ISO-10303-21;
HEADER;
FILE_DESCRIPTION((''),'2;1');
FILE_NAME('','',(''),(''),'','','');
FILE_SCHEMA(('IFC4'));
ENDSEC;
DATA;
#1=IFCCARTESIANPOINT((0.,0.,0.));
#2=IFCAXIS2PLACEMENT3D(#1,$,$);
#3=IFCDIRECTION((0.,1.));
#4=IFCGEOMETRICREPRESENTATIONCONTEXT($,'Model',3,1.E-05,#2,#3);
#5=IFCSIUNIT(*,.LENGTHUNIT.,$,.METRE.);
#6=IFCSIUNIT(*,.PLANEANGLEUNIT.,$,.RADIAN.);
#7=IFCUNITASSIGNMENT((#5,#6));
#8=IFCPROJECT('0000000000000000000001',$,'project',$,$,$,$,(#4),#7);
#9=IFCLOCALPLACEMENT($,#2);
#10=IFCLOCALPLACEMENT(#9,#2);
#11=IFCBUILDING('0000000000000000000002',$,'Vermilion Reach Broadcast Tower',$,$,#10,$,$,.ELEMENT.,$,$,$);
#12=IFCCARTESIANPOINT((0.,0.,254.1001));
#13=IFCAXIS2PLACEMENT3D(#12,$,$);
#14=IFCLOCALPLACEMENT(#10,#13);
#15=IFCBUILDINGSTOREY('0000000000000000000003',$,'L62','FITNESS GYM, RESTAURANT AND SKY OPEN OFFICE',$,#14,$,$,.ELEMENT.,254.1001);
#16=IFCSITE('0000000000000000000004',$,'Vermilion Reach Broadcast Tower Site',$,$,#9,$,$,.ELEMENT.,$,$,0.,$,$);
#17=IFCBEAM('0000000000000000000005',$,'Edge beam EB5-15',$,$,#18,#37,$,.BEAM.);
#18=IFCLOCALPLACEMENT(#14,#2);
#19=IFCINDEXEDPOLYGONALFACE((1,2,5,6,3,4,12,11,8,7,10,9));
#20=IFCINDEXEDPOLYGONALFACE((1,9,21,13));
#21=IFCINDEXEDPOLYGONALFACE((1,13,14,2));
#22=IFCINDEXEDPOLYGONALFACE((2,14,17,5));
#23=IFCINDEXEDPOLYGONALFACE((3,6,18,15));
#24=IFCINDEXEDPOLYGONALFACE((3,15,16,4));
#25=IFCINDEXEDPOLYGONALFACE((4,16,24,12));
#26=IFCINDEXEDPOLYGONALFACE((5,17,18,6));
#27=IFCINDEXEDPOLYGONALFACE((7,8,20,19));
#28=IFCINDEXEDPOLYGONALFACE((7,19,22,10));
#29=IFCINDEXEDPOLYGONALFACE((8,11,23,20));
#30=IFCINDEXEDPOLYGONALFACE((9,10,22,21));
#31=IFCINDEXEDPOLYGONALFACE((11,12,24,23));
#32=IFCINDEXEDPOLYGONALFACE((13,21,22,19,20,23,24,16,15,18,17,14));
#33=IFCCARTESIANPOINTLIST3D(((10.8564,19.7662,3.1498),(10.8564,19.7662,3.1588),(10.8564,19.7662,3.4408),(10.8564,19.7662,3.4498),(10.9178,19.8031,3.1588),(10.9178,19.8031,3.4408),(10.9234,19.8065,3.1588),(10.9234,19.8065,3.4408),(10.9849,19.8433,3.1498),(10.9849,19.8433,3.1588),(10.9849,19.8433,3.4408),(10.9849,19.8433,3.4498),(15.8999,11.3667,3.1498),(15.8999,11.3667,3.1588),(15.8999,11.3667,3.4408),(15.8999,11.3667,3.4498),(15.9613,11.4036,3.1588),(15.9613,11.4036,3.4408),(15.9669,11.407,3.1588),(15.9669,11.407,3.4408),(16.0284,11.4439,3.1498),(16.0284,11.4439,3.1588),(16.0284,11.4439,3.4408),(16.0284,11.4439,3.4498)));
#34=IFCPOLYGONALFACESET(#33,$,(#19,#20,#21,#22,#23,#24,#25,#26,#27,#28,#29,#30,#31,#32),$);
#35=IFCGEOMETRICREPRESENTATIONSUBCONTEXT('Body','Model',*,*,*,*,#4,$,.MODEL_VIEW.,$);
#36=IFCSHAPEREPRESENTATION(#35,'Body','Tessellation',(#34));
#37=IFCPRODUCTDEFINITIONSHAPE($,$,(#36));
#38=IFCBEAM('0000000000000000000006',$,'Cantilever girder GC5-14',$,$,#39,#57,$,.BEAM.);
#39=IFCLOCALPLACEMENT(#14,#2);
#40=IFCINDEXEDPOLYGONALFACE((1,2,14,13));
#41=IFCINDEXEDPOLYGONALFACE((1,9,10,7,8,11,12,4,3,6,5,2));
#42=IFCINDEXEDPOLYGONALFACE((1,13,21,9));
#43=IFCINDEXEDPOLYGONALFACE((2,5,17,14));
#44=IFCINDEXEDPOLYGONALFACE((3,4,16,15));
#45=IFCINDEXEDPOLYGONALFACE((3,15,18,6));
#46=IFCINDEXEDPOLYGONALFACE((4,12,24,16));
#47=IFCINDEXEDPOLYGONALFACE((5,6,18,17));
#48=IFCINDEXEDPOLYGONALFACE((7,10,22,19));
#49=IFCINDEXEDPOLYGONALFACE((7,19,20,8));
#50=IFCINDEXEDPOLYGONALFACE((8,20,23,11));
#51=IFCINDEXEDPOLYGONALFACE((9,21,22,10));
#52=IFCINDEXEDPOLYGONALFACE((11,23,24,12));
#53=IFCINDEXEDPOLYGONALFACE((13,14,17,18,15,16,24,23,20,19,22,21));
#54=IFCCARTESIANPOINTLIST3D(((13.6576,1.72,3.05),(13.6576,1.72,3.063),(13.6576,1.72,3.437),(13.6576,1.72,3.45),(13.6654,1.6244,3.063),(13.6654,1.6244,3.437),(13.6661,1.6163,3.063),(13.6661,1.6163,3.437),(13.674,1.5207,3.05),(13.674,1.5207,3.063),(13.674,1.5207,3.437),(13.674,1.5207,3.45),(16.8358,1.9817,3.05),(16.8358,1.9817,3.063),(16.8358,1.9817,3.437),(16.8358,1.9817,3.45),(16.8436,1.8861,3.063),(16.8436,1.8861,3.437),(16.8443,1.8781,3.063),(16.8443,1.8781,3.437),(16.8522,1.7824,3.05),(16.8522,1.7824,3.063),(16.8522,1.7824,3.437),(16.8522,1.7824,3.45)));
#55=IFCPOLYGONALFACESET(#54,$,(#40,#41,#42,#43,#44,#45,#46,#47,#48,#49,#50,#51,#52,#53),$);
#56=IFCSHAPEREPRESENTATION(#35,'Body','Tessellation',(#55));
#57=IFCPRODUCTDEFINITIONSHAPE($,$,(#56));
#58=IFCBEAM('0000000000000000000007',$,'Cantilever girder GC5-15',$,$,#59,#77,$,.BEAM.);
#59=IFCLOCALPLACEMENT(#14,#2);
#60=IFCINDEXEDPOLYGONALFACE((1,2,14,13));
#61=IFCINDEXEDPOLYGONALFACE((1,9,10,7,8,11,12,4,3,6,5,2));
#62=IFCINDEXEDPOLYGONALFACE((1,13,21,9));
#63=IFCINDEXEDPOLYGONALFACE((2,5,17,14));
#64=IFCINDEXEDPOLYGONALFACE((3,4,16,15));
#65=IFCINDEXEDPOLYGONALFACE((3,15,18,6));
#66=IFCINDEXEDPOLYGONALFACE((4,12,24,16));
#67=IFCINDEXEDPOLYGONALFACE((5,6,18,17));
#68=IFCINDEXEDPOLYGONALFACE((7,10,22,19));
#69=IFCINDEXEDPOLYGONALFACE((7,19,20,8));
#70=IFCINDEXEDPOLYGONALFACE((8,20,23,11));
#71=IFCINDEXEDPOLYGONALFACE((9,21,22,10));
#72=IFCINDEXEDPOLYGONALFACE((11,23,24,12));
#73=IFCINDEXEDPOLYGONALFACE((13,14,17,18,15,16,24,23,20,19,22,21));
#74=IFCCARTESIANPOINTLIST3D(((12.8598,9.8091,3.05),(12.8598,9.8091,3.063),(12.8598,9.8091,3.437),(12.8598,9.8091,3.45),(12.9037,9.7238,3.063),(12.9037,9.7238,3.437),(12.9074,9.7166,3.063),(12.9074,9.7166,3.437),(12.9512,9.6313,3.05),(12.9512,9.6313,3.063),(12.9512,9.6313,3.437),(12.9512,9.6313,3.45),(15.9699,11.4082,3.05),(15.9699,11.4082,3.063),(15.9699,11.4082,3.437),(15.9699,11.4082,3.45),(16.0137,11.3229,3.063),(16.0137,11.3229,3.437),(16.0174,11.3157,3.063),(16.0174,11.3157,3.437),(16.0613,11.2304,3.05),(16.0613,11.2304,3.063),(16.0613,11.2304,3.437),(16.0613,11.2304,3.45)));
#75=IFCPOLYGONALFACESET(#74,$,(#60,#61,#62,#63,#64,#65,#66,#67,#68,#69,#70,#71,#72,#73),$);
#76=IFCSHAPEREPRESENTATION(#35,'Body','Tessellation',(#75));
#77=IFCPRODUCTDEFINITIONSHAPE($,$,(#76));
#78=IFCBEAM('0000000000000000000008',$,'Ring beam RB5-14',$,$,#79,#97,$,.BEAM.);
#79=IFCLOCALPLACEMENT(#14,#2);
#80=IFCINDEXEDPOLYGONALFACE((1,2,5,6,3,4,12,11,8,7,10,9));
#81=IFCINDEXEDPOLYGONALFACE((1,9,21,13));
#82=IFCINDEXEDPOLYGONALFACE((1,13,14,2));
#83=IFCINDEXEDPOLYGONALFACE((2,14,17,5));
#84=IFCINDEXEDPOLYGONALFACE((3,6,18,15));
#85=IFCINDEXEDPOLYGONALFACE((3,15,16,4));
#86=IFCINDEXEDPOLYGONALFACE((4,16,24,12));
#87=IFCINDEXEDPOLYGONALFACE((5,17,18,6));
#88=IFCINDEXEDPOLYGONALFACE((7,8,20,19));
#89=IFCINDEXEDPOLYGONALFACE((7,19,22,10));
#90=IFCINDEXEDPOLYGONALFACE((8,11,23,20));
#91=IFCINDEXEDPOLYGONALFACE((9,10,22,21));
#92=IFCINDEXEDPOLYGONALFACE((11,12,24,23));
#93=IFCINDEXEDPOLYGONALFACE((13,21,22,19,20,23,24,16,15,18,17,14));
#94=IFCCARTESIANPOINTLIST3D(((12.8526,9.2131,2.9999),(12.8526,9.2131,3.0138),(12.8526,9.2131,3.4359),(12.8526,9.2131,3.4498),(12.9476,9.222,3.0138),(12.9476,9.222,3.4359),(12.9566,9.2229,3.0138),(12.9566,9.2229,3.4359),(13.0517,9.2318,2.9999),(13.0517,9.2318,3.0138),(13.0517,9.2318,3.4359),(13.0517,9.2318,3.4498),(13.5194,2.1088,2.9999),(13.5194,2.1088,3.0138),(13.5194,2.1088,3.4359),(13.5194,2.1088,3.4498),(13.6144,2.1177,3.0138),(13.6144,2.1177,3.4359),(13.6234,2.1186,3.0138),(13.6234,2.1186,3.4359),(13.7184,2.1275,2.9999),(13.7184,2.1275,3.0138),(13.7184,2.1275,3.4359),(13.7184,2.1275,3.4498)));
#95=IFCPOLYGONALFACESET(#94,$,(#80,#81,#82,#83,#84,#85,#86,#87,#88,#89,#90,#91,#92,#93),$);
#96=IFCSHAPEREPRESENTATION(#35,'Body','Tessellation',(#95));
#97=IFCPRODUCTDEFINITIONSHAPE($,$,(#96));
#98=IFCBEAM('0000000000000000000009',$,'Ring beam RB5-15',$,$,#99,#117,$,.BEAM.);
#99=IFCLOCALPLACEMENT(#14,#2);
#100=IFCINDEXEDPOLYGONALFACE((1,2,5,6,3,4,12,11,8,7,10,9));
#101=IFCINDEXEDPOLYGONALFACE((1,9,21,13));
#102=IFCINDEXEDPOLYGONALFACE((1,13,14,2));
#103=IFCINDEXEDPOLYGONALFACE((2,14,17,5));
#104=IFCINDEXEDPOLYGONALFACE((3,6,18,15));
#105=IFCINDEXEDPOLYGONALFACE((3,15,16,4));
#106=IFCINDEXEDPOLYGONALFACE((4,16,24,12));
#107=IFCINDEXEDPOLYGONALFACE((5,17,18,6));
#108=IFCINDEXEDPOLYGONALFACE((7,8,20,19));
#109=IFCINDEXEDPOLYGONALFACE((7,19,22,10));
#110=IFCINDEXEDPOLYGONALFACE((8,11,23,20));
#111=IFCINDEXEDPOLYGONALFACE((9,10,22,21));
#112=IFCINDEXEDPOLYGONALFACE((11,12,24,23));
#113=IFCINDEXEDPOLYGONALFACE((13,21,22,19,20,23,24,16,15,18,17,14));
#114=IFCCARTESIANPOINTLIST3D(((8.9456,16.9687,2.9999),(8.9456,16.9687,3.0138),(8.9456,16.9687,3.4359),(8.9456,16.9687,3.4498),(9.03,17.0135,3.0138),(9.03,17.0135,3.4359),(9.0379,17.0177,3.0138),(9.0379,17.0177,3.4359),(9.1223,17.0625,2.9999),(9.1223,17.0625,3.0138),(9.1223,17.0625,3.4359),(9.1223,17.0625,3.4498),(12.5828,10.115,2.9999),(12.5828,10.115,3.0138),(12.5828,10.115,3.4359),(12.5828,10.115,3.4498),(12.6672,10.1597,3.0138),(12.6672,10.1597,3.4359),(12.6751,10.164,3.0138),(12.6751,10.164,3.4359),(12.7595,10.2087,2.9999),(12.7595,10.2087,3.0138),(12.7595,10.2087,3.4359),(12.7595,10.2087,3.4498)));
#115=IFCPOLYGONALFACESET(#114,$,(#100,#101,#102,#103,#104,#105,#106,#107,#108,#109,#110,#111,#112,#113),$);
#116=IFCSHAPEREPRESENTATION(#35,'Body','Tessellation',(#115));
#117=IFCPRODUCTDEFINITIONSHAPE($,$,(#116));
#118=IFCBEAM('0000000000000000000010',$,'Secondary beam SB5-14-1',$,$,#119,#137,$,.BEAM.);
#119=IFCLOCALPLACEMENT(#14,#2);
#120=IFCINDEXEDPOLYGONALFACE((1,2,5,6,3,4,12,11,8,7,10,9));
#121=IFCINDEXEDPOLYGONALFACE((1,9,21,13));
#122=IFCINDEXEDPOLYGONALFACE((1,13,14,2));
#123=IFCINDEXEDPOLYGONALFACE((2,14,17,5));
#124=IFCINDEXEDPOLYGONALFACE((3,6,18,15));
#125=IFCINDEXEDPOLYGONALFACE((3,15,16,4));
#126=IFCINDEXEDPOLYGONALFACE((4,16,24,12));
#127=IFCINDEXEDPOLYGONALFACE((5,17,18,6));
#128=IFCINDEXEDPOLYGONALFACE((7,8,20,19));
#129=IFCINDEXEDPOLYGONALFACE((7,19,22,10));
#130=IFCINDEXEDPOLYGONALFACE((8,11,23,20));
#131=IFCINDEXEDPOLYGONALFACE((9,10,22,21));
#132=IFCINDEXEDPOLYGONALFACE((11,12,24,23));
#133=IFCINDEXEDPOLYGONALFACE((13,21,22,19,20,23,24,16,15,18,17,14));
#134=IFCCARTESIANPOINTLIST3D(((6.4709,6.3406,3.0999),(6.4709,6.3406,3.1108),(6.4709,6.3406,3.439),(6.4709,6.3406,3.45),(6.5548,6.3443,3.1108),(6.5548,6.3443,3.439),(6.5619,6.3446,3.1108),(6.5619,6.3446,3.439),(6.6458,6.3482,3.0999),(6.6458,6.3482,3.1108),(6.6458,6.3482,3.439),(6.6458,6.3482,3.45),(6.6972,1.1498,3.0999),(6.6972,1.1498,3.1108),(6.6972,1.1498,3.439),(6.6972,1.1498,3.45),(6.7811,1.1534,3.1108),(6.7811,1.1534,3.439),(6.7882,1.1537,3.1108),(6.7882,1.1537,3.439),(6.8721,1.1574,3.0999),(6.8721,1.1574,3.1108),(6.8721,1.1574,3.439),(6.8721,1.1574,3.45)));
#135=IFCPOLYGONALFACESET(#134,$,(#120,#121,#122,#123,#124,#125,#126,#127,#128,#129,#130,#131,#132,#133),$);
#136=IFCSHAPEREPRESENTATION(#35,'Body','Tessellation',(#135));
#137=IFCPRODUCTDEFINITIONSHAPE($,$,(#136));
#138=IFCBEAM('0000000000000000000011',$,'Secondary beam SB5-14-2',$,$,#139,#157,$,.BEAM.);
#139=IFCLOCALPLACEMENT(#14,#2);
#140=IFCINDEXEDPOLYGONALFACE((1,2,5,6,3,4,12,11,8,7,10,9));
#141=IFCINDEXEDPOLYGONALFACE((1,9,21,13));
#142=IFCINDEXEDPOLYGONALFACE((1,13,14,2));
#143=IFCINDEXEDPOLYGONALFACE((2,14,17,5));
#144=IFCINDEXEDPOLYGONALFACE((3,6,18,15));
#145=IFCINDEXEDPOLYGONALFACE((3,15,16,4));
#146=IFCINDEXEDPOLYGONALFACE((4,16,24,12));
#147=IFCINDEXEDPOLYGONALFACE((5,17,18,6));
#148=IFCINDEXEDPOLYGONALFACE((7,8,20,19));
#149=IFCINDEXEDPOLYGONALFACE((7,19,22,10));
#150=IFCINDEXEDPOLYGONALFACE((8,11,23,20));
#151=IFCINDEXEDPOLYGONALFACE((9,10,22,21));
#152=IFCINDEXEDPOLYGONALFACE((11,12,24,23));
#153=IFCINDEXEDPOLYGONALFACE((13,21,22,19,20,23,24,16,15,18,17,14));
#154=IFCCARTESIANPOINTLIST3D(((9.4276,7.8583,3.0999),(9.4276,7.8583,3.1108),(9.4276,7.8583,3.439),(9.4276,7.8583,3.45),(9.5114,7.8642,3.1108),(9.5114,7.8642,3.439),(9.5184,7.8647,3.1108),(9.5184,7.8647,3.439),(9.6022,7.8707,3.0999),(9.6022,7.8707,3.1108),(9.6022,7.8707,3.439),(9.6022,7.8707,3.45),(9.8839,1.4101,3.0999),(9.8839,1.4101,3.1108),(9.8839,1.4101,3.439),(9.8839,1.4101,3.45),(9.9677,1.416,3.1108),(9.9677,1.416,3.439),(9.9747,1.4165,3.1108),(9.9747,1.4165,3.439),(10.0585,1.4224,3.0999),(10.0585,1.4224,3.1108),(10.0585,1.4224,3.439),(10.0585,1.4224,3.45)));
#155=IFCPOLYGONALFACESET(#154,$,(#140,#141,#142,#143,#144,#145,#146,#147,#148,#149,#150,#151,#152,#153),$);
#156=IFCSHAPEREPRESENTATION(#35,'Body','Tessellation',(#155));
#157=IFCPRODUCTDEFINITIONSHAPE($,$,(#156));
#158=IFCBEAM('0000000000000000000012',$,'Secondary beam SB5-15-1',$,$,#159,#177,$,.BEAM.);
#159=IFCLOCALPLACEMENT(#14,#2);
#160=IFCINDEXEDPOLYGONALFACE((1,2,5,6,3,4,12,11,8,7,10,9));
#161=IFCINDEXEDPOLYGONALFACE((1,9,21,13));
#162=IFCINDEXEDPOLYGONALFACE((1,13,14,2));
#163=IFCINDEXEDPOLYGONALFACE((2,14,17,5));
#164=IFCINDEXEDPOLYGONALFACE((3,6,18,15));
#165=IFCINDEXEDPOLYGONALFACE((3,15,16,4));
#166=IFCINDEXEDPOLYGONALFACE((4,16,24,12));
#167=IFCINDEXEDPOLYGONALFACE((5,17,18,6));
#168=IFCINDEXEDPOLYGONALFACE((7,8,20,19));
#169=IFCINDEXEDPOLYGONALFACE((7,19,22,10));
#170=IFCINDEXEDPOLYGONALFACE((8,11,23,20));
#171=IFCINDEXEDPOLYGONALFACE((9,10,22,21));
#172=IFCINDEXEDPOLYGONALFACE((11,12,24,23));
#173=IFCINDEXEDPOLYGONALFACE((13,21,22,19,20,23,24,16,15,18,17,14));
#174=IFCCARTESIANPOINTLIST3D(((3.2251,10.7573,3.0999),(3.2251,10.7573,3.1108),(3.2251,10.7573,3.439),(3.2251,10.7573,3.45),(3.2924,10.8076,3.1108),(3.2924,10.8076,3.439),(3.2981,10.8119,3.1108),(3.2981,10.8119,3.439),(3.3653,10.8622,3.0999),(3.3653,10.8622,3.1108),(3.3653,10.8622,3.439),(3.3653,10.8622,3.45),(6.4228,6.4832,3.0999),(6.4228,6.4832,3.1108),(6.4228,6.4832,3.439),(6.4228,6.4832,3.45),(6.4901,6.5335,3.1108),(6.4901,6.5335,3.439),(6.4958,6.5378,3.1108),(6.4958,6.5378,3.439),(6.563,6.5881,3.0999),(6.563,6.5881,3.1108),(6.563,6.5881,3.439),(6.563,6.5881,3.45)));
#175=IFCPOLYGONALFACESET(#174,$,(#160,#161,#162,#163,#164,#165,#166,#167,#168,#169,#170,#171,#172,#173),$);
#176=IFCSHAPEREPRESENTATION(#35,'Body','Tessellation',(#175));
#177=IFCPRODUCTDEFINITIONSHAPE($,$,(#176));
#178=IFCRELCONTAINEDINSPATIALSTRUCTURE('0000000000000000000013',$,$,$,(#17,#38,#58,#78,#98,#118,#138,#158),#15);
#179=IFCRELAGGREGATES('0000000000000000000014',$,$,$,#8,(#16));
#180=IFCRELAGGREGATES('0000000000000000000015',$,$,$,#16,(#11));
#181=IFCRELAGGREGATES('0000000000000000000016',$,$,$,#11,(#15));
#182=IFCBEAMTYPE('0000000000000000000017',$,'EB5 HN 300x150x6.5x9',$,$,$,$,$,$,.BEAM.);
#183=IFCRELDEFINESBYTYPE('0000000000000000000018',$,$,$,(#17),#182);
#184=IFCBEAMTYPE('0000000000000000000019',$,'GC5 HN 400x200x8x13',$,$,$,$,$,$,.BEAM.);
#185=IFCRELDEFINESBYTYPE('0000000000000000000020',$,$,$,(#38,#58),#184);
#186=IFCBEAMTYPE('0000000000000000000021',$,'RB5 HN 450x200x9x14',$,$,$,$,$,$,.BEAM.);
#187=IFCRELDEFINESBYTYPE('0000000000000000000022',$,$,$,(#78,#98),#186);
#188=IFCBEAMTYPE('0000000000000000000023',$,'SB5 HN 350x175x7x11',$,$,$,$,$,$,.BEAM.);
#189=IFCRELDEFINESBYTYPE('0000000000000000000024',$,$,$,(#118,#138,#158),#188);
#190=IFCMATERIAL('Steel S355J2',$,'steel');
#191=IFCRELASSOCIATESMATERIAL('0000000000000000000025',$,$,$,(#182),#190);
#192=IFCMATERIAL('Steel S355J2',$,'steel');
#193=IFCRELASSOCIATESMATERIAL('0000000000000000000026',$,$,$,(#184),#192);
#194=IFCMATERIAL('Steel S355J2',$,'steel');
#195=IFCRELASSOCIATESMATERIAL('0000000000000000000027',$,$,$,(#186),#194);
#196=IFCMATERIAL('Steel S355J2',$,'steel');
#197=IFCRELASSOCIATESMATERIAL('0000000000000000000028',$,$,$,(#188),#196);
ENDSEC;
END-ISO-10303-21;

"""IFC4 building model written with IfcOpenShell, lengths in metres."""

from ifc_helpers import new_model, si_unit, direction, frame, origin, origin_2d, place, context, subcontext, project, spatial, i_section, extrude, material, material_profile, profile_set, type_object, element, save


model = new_model("IFC4")

# Units and contexts
model_context = context("Model", 3, precision=1e-05, world=origin(), true_north=direction((0.0, 1.0)))
body_context = subcontext(model_context, "Body", "Model", "MODEL_VIEW")
ifc_project = project(units=[si_unit("LENGTHUNIT", "METRE"), si_unit("PLANEANGLEUNIT", "RADIAN")], contexts=[model_context])

# Site, building, storey
site_placement = place(None, origin())
site = spatial("IfcSite", under=ifc_project, at=site_placement, Name="Vermilion Reach Broadcast Tower Site", CompositionType="ELEMENT", RefElevation=0.0)
building_placement = place(site_placement, origin())
building = spatial("IfcBuilding", under=site, at=building_placement, Name="Vermilion Reach Broadcast Tower", CompositionType="ELEMENT")
storey_placement = place(building_placement, frame((0.0, 0.0, 254.1001)))
storey = spatial("IfcBuildingStorey", under=building, at=storey_placement, Name="L62", Description="FITNESS GYM, RESTAURANT AND SKY OPEN OFFICE", CompositionType="ELEMENT", Elevation=254.1001)

# Beams
ifc_material_1 = material(Name="Steel S355J2", Category="steel")
ifc_material_profile_1 = material_profile(ifc_material_1, i_section(OverallWidth=0.1499, OverallDepth=0.3, WebThickness=0.0066, FlangeThickness=0.009, at=origin_2d()), Name="S355J2 HN 300x150x6.5x9")
ifc_profile_set_1 = profile_set([ifc_material_profile_1], Name="Steel S355J2")
beam_type_1 = type_object("IfcBeamType", Name="EB5 HN 300x150x6.5x9", PredefinedType="BEAM", material=ifc_profile_set_1)
beam_1_placement = place(storey_placement, frame((15.9641, 11.4053, 3.2998), z_axis=(-0.514782, 0.857321, 0.0), x_axis=(-0.857321, -0.514782, 0.0)))
element("IfcBeam", 1, at=beam_1_placement, inside=storey, type_object=beam_type_1, Name="Edge beam EB5-15", PredefinedType="BEAM", context=body_context, shape_type="SweptSolid", body=[
    extrude(i_section(OverallWidth=0.1499, OverallDepth=0.3, WebThickness=0.0066, FlangeThickness=0.009, at=origin_2d()), origin(), (0.0, 0.0, 1.0), 9.7974),
])
ifc_material_2 = material(Name="Steel S355J2", Category="steel")
ifc_material_profile_2 = material_profile(ifc_material_2, i_section(OverallWidth=0.2, OverallDepth=0.3999, WebThickness=0.0081, FlangeThickness=0.0129, at=origin_2d()), Name="S355J2 HN 400x200x8x13")
ifc_profile_set_2 = profile_set([ifc_material_profile_2], Name="Steel S355J2")
beam_type_2 = type_object("IfcBeamType", Name="GC5 HN 400x200x8x13", PredefinedType="BEAM", material=ifc_profile_set_2)
beam_2_placement = place(storey_placement, frame((13.6658, 1.6204, 3.25), z_axis=(0.996627, 0.08207, 0.0), x_axis=(-0.08207, 0.996627, 0.0)))
element("IfcBeam", 2, at=beam_2_placement, inside=storey, type_object=beam_type_2, Name="Cantilever girder GC5-14", PredefinedType="BEAM", context=body_context, shape_type="SweptSolid", body=[
    extrude(i_section(OverallWidth=0.2, OverallDepth=0.3999, WebThickness=0.0081, FlangeThickness=0.0129, at=origin_2d()), origin(), (0.0, 0.0, 1.0), 3.189),
])
beam_3_placement = place(storey_placement, frame((12.9055, 9.7202, 3.25), z_axis=(0.88933, 0.457266, 0.0), x_axis=(-0.457266, 0.88933, 0.0)))
element("IfcBeam", 3, at=beam_3_placement, inside=storey, type_object=beam_type_2, Name="Cantilever girder GC5-15", PredefinedType="BEAM", context=body_context, shape_type="SweptSolid", body=[
    extrude(i_section(OverallWidth=0.2, OverallDepth=0.3999, WebThickness=0.0081, FlangeThickness=0.0129, at=origin_2d()), origin(), (0.0, 0.0, 1.0), 3.4971),
])
ifc_material_3 = material(Name="Steel S355J2", Category="steel")
ifc_material_profile_3 = material_profile(ifc_material_3, i_section(OverallWidth=0.2, OverallDepth=0.45, WebThickness=0.009, FlangeThickness=0.0139, at=origin_2d()), Name="S355J2 HN 450x200x9x14")
ifc_profile_set_3 = profile_set([ifc_material_profile_3], Name="Steel S355J2")
beam_type_3 = type_object("IfcBeamType", Name="RB5 HN 450x200x9x14", PredefinedType="BEAM", material=ifc_profile_set_3)
beam_4_placement = place(storey_placement, frame((13.6189, 2.1182, 3.2249), z_axis=(-0.093441, 0.995625, 0.0), x_axis=(-0.995625, -0.093441, 0.0)))
element("IfcBeam", 4, at=beam_4_placement, inside=storey, type_object=beam_type_3, Name="Ring beam RB5-14", PredefinedType="BEAM", context=body_context, shape_type="SweptSolid", body=[
    extrude(i_section(OverallWidth=0.2, OverallDepth=0.45, WebThickness=0.009, FlangeThickness=0.0139, at=origin_2d()), origin(), (0.0, 0.0, 1.0), 7.1355),
])
beam_5_placement = place(storey_placement, frame((12.6711, 10.1619, 3.2249), z_axis=(-0.468768, 0.883321, 0.0), x_axis=(-0.883321, -0.468768, 0.0)))
element("IfcBeam", 5, at=beam_5_placement, inside=storey, type_object=beam_type_3, Name="Ring beam RB5-15", PredefinedType="BEAM", context=body_context, shape_type="SweptSolid", body=[
    extrude(i_section(OverallWidth=0.2, OverallDepth=0.45, WebThickness=0.009, FlangeThickness=0.0139, at=origin_2d()), origin(), (0.0, 0.0, 1.0), 7.759),
])
ifc_material_4 = material(Name="Steel S355J2", Category="steel")
ifc_material_profile_4 = material_profile(ifc_material_4, i_section(OverallWidth=0.175, OverallDepth=0.3501, WebThickness=0.0071, FlangeThickness=0.011, at=origin_2d()), Name="S355J2 HN 350x175x7x11")
ifc_profile_set_4 = profile_set([ifc_material_profile_4], Name="Steel S355J2")
beam_type_4 = type_object("IfcBeamType", Name="SB5 HN 350x175x7x11", PredefinedType="BEAM", material=ifc_profile_set_4)
beam_6_placement = place(storey_placement, frame((6.7847, 1.1536, 3.2749), z_axis=(-0.043558, 0.999051, 0.0), x_axis=(-0.999051, -0.043558, 0.0)))
element("IfcBeam", 6, at=beam_6_placement, inside=storey, type_object=beam_type_4, Name="Secondary beam SB5-14-1", PredefinedType="BEAM", context=body_context, shape_type="SweptSolid", body=[
    extrude(i_section(OverallWidth=0.175, OverallDepth=0.3501, WebThickness=0.0071, FlangeThickness=0.011, at=origin_2d()), origin(), (0.0, 0.0, 1.0), 5.1958),
])
beam_7_placement = place(storey_placement, frame((9.9712, 1.4163, 3.2749), z_axis=(-0.070587, 0.997506, 0.0), x_axis=(-0.997506, -0.070587, 0.0)))
element("IfcBeam", 7, at=beam_7_placement, inside=storey, type_object=beam_type_4, Name="Secondary beam SB5-14-2", PredefinedType="BEAM", context=body_context, shape_type="SweptSolid", body=[
    extrude(i_section(OverallWidth=0.175, OverallDepth=0.3501, WebThickness=0.0071, FlangeThickness=0.011, at=origin_2d()), origin(), (0.0, 0.0, 1.0), 6.4644),
])
beam_8_placement = place(storey_placement, frame((6.4929, 6.5356, 3.2749), z_axis=(-0.599056, 0.800707, 0.0), x_axis=(-0.800707, -0.599056, 0.0)))
element("IfcBeam", 8, at=beam_8_placement, inside=storey, type_object=beam_type_4, Name="Secondary beam SB5-15-1", PredefinedType="BEAM", context=body_context, shape_type="SweptSolid", body=[
    extrude(i_section(OverallWidth=0.175, OverallDepth=0.3501, WebThickness=0.0071, FlangeThickness=0.011, at=origin_2d()), origin(), (0.0, 0.0, 1.0), 5.3379),
])

save(model, "model.ifc")
